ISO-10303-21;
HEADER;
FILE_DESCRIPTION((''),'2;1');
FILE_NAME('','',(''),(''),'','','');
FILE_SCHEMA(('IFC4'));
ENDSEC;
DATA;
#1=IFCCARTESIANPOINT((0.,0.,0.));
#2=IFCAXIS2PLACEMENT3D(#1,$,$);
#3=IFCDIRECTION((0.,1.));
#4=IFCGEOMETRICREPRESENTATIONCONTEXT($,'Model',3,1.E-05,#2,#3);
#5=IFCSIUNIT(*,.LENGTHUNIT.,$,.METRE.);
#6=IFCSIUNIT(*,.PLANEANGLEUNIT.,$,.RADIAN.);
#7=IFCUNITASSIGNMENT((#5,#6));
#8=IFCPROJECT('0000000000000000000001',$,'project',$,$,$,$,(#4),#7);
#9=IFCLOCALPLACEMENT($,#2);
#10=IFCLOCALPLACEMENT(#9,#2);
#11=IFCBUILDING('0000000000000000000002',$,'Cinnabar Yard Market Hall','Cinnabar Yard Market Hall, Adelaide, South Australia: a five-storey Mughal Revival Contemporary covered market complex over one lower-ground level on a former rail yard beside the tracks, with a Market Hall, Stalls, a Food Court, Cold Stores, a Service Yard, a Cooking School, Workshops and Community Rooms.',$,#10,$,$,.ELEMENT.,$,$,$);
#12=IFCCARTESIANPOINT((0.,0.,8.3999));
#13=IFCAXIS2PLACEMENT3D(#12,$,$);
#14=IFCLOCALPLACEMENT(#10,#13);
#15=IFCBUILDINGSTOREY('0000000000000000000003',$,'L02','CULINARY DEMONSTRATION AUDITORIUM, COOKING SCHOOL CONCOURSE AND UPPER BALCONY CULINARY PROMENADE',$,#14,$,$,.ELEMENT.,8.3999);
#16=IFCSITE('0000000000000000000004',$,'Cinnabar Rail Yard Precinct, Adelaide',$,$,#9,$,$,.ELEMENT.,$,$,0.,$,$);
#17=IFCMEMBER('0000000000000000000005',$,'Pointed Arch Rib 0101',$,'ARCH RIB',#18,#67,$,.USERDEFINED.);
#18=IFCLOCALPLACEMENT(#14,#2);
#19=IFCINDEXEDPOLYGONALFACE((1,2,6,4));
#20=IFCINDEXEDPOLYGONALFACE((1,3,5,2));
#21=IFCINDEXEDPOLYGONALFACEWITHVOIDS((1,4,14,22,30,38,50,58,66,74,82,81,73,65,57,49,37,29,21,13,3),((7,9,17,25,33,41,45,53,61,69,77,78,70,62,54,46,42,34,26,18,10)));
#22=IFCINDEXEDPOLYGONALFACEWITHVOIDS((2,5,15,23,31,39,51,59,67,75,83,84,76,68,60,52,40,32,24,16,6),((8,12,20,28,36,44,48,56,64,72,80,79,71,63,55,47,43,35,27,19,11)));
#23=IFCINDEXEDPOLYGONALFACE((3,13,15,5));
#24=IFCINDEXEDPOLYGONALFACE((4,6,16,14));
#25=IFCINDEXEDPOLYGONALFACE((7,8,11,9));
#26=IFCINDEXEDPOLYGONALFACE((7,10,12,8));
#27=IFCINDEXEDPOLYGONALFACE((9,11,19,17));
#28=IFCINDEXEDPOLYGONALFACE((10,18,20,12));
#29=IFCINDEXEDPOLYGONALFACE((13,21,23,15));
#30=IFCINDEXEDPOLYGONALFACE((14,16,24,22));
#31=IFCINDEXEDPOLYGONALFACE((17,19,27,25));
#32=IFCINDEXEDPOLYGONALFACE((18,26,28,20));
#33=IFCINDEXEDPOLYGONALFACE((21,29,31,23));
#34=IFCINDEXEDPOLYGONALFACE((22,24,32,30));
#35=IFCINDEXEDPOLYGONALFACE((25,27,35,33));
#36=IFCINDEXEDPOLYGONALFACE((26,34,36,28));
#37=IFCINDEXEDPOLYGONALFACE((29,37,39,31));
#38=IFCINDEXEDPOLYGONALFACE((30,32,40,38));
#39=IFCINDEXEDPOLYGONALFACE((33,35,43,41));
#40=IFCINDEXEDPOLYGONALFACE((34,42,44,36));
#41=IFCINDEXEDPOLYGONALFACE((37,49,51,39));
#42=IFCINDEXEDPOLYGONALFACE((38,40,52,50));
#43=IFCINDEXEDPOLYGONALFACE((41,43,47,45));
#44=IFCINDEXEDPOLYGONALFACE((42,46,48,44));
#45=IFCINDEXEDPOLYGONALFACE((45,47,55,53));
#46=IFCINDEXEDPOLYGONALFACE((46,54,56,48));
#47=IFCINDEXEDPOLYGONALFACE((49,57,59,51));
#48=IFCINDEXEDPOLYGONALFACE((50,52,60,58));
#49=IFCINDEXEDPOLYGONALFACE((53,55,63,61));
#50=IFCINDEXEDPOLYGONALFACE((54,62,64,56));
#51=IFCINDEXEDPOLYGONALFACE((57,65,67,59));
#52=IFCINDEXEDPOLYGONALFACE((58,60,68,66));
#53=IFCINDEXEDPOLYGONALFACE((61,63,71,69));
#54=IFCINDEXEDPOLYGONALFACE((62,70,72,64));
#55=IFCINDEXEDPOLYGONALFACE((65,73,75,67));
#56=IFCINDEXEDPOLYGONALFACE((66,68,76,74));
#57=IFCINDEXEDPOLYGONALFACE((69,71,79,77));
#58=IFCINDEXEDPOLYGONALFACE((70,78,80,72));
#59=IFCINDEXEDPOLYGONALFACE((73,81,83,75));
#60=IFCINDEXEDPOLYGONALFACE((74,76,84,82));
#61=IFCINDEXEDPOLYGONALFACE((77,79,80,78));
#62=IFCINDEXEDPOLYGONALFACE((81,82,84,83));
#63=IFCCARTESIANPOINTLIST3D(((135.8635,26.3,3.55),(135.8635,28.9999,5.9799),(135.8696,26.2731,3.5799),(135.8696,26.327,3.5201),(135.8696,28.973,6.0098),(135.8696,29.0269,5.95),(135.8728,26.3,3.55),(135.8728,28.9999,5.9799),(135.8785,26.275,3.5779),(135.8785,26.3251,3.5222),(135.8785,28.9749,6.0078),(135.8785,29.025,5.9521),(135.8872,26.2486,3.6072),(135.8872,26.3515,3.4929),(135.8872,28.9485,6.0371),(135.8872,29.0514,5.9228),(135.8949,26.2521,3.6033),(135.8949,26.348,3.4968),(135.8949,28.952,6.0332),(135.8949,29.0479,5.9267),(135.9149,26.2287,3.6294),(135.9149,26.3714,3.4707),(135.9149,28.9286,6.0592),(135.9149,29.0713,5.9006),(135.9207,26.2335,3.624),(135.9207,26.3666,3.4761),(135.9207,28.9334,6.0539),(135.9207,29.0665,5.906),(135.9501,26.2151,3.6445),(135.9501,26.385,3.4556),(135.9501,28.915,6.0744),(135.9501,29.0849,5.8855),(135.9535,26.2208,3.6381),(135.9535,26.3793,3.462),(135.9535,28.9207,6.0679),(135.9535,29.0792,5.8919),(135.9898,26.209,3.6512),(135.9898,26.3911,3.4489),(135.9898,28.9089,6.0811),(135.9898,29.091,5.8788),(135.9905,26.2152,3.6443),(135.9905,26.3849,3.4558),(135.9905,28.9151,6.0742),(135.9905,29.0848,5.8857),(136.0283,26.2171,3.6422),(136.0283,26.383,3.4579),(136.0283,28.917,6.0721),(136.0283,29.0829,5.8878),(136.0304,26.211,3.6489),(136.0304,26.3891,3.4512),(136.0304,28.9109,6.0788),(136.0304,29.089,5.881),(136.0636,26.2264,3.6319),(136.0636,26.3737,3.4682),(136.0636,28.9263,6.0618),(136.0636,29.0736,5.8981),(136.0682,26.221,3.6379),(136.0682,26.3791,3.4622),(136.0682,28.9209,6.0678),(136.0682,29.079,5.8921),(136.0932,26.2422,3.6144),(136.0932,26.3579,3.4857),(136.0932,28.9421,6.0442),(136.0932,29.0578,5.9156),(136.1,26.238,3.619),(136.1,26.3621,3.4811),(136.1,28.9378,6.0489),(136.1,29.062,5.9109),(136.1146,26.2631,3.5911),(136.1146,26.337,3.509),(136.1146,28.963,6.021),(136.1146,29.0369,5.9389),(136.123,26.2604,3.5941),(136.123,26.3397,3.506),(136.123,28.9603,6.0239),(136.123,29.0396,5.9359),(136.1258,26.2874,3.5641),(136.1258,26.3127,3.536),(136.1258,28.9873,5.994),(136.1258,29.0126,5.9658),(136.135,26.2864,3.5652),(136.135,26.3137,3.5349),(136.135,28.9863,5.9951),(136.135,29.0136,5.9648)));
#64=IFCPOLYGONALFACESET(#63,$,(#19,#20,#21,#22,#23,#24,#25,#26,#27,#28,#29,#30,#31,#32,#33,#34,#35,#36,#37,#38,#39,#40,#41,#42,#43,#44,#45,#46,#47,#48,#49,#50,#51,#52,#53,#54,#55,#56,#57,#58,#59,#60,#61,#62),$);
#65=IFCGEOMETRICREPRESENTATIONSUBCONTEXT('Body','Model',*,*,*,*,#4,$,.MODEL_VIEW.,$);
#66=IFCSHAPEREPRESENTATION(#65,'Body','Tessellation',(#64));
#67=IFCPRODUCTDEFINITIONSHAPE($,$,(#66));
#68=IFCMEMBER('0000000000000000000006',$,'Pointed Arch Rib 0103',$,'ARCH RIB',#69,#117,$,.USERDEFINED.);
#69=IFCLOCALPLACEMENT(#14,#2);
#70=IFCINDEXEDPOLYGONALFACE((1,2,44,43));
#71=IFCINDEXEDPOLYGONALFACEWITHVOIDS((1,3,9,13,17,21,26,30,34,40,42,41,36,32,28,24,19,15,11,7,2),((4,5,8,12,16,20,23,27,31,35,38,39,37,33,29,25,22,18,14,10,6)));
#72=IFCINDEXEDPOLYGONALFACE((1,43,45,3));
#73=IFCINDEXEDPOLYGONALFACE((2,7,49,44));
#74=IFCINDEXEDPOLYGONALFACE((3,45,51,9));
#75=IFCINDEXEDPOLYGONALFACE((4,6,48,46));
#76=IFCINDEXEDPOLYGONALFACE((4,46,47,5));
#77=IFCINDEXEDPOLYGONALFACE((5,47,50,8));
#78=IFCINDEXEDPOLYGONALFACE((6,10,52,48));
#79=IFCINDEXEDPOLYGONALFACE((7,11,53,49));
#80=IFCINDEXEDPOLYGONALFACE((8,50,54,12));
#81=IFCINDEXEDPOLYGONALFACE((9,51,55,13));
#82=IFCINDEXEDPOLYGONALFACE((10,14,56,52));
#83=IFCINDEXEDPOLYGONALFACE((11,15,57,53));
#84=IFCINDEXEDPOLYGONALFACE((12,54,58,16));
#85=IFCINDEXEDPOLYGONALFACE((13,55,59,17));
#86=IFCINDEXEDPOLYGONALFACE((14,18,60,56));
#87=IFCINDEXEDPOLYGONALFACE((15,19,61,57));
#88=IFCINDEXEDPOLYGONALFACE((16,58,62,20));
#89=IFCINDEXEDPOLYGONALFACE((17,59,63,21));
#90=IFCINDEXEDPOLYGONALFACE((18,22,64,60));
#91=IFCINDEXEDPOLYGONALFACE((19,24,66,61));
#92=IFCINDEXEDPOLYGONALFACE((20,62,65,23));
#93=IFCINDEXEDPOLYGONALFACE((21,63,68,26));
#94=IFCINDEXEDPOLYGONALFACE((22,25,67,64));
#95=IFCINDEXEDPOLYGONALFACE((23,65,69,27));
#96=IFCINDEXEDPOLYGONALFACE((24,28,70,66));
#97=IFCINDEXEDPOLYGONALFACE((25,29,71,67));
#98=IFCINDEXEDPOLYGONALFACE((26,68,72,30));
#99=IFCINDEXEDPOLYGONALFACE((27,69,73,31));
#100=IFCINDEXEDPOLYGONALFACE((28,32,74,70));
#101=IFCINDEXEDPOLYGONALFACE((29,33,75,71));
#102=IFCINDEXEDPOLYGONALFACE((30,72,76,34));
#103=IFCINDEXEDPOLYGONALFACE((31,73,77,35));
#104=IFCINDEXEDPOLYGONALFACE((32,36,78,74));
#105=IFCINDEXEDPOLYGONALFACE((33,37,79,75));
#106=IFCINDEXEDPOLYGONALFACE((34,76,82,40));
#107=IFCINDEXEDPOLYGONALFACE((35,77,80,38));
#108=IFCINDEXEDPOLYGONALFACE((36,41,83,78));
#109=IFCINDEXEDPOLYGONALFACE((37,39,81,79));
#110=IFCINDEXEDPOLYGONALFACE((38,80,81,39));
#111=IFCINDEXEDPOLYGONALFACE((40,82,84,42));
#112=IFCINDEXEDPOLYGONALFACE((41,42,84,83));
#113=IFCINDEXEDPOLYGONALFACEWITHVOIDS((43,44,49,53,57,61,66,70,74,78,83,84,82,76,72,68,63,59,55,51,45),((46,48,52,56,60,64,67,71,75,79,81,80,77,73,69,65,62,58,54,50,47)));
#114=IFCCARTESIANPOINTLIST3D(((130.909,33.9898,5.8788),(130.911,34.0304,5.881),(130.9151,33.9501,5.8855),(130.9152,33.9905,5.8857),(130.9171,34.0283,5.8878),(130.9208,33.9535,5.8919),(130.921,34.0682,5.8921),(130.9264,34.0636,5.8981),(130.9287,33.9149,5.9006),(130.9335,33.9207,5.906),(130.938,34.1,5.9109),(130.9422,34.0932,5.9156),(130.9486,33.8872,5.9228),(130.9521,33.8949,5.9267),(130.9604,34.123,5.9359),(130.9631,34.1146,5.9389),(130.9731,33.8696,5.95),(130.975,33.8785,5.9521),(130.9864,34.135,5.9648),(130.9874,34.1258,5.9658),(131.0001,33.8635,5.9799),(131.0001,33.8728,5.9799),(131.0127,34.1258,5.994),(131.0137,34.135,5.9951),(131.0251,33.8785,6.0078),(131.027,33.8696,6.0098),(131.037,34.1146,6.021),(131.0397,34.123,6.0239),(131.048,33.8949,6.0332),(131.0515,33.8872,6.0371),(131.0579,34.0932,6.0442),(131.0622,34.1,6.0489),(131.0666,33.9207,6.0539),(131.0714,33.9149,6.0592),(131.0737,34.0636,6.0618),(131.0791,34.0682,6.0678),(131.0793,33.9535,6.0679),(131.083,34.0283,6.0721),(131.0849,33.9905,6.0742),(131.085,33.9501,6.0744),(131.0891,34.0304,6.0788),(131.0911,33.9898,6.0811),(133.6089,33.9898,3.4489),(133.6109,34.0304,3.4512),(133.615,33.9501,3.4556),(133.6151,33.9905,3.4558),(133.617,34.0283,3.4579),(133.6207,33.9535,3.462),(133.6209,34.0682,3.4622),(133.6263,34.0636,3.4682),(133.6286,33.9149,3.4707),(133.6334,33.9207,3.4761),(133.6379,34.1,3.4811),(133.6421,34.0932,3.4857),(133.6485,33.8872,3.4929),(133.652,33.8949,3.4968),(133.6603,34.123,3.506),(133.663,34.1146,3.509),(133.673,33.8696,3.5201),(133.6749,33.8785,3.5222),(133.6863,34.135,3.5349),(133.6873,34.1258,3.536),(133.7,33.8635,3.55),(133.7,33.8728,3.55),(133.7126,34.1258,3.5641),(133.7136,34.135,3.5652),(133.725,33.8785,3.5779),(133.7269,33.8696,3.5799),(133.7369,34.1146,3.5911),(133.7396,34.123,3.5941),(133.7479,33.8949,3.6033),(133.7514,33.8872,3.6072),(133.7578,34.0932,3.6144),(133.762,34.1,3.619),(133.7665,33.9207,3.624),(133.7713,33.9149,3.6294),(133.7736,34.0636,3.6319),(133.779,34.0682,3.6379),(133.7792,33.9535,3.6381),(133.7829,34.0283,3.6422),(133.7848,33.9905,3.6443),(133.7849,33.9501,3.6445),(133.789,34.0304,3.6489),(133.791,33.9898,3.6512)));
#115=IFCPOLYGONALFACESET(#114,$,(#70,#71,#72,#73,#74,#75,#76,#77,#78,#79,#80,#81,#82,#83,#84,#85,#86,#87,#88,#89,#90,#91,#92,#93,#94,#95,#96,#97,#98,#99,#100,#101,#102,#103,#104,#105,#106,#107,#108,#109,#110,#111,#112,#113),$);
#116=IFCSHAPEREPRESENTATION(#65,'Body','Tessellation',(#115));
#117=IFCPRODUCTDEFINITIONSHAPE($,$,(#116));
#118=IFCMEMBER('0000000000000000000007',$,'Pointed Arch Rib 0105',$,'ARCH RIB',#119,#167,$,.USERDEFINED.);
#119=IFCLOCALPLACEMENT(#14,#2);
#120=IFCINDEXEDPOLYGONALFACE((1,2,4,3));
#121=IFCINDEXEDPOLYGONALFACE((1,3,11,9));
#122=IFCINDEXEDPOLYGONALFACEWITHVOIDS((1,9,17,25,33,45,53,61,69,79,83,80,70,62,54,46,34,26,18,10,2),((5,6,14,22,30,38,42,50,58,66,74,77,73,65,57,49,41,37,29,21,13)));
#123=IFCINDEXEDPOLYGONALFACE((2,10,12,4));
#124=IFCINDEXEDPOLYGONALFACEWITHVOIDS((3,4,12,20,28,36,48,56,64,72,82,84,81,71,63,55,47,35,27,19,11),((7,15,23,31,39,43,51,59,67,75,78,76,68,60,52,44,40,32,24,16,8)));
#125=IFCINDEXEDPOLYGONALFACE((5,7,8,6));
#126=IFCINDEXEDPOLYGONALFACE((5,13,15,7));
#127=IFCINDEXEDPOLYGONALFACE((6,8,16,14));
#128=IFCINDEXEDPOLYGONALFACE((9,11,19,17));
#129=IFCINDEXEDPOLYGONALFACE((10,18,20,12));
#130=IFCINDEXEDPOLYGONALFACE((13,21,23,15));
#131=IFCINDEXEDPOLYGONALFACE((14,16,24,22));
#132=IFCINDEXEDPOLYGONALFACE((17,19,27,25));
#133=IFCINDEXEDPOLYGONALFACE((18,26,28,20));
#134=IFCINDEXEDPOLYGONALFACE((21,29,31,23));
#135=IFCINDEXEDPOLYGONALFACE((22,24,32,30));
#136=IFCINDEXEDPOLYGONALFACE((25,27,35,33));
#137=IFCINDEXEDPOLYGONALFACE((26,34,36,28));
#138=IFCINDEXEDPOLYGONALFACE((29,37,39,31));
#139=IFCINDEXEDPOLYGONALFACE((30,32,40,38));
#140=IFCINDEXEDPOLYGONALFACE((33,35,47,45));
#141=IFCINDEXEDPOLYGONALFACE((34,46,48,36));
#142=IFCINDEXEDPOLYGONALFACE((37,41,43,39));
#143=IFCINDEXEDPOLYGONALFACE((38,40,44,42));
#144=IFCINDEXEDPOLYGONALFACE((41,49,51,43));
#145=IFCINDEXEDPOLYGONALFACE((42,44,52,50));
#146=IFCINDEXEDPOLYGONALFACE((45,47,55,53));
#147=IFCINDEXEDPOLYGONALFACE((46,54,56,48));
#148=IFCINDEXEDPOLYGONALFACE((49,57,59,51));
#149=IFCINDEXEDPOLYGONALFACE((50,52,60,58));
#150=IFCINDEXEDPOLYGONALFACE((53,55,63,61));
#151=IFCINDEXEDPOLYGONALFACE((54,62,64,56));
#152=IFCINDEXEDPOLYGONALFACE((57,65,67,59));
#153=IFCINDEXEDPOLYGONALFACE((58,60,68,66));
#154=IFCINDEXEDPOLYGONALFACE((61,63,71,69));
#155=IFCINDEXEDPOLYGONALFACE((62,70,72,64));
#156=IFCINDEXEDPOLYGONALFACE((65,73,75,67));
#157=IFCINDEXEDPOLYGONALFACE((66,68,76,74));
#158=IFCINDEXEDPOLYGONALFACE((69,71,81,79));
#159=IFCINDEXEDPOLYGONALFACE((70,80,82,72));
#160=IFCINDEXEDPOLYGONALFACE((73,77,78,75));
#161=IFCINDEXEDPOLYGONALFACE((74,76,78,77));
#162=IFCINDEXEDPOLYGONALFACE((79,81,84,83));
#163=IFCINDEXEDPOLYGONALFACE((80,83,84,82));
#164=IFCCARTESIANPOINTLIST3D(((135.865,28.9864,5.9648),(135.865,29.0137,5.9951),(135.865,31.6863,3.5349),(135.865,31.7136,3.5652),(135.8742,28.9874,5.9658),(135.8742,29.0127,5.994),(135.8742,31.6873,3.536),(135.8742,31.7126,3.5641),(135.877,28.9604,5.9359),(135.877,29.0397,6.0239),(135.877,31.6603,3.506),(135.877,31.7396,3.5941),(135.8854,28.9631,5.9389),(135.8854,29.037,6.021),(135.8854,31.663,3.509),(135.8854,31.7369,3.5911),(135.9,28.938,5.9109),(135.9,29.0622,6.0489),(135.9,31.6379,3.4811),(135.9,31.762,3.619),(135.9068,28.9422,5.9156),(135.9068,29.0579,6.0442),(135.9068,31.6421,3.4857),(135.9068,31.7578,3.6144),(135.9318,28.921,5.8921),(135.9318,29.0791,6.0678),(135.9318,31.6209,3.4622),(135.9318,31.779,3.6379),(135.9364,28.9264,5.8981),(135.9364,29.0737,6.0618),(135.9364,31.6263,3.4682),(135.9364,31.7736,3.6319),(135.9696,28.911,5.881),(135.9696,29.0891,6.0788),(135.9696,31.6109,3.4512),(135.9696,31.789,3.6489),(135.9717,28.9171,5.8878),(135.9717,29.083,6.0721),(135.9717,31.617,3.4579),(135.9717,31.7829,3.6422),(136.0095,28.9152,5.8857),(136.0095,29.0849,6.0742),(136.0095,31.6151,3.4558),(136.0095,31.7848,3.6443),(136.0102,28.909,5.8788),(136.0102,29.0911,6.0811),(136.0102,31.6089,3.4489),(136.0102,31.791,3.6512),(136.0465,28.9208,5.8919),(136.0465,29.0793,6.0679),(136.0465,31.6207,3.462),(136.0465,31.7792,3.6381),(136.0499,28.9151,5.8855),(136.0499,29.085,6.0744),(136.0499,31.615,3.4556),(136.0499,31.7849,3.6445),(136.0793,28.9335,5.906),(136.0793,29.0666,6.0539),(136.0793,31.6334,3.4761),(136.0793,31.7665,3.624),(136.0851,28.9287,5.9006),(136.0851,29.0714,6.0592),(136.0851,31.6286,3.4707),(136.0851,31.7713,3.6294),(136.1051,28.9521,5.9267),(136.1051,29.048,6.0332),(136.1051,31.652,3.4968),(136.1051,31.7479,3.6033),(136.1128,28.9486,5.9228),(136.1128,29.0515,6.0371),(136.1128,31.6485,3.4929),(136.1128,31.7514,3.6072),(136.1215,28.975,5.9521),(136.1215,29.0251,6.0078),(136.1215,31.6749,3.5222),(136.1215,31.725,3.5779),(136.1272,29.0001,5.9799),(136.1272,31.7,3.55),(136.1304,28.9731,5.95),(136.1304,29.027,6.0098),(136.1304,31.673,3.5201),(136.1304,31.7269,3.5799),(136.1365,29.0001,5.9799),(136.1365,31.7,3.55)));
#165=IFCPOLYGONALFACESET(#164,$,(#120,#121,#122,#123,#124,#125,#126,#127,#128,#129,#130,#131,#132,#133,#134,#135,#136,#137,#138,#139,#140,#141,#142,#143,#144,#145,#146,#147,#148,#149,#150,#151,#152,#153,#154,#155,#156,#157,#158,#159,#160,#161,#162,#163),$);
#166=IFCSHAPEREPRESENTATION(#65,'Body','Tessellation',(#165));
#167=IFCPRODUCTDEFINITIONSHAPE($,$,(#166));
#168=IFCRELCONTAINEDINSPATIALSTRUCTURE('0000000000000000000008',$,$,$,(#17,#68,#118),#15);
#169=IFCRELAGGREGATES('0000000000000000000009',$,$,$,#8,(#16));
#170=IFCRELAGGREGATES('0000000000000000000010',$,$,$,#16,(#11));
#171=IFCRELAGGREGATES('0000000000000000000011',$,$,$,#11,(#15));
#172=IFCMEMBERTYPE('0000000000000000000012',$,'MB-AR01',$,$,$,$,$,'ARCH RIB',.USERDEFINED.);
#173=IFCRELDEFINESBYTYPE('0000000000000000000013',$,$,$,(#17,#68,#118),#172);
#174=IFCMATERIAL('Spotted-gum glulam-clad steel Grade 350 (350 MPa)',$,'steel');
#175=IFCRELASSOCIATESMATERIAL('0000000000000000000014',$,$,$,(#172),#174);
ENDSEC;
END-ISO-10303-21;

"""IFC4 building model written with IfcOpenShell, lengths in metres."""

from ifc_helpers import new_model, si_unit, direction, frame, origin, origin_2d_with_axis, place, context, subcontext, project, spatial, hollow_circle, extrude, material, material_profile, profile_set, type_object, element, save


model = new_model("IFC4")

# Units and contexts
model_context = context("Model", 3, precision=1e-05, world=origin(), true_north=direction((0.0, 1.0)))
body_context = subcontext(model_context, "Body", "Model", "MODEL_VIEW")
ifc_project = project(units=[si_unit("LENGTHUNIT", "METRE"), si_unit("PLANEANGLEUNIT", "RADIAN")], contexts=[model_context])

# Site, building, storey
site_placement = place(None, origin())
site = spatial("IfcSite", under=ifc_project, at=site_placement, Name="Cinnabar Rail Yard Precinct, Adelaide", CompositionType="ELEMENT", RefElevation=0.0)
building_placement = place(site_placement, origin())
building = spatial("IfcBuilding", under=site, at=building_placement, Name="Cinnabar Yard Market Hall", Description="Cinnabar Yard Market Hall, Adelaide, South Australia: a five-storey Mughal Revival Contemporary covered market complex over one lower-ground level on a former rail yard beside the tracks, with a Market Hall, Stalls, a Food Court, Cold Stores, a Service Yard, a Cooking School, Workshops and Community Rooms.", CompositionType="ELEMENT")
storey_placement = place(building_placement, frame((0.0, 0.0, 8.3999)))
storey = spatial("IfcBuildingStorey", under=building, at=storey_placement, Name="L02", Description="CULINARY DEMONSTRATION AUDITORIUM, COOKING SCHOOL CONCOURSE AND UPPER BALCONY CULINARY PROMENADE", CompositionType="ELEMENT", Elevation=8.3999)

# Shared definitions
ifc_material_1 = material(Name="Spotted-gum glulam-clad steel Grade 350 (350 MPa)", Category="steel")

# Members
ifc_material_profile_1 = material_profile(ifc_material_1, hollow_circle(Radius=0.1365, WallThickness=0.0093, at=origin_2d_with_axis()), Name="273.1x9.3CHS")
ifc_profile_set_1 = profile_set([ifc_material_profile_1], Name="Spotted-gum glulam-clad steel Grade 350 (350 MPa)")
member_type_1 = type_object("IfcMemberType", Name="MB-AR01", ElementType="ARCH RIB", PredefinedType="USERDEFINED", material=ifc_profile_set_1)
for number, where, z_axis, x_axis, name in (
    (1, (136.0, 26.3, 3.55), (0.0, 0.743297, 0.668961), (-1.0, 0.0, 0.0), "Pointed Arch Rib 0101"),
    (2, (133.7, 34.0, 3.55), (-0.743297, 0.0, 0.668961), (0.0, -1.0, 0.0), "Pointed Arch Rib 0103"),
    (3, (136.0, 31.7, 3.55), (0.0, -0.743297, 0.668961), (1.0, 0.0, 0.0), "Pointed Arch Rib 0105"),
):
    element("IfcMember", number, at=place(storey_placement, frame(where, z_axis=z_axis, x_axis=x_axis)), inside=storey, type_object=member_type_1, Name=name, ObjectType="ARCH RIB", PredefinedType="USERDEFINED", context=body_context, shape_type="SweptSolid", body=[
        extrude(hollow_circle(Radius=0.1365, WallThickness=0.0093, at=origin_2d_with_axis()), origin(), (0.0, 0.0, 1.0), 3.6323),
    ])

save(model, "model.ifc")
